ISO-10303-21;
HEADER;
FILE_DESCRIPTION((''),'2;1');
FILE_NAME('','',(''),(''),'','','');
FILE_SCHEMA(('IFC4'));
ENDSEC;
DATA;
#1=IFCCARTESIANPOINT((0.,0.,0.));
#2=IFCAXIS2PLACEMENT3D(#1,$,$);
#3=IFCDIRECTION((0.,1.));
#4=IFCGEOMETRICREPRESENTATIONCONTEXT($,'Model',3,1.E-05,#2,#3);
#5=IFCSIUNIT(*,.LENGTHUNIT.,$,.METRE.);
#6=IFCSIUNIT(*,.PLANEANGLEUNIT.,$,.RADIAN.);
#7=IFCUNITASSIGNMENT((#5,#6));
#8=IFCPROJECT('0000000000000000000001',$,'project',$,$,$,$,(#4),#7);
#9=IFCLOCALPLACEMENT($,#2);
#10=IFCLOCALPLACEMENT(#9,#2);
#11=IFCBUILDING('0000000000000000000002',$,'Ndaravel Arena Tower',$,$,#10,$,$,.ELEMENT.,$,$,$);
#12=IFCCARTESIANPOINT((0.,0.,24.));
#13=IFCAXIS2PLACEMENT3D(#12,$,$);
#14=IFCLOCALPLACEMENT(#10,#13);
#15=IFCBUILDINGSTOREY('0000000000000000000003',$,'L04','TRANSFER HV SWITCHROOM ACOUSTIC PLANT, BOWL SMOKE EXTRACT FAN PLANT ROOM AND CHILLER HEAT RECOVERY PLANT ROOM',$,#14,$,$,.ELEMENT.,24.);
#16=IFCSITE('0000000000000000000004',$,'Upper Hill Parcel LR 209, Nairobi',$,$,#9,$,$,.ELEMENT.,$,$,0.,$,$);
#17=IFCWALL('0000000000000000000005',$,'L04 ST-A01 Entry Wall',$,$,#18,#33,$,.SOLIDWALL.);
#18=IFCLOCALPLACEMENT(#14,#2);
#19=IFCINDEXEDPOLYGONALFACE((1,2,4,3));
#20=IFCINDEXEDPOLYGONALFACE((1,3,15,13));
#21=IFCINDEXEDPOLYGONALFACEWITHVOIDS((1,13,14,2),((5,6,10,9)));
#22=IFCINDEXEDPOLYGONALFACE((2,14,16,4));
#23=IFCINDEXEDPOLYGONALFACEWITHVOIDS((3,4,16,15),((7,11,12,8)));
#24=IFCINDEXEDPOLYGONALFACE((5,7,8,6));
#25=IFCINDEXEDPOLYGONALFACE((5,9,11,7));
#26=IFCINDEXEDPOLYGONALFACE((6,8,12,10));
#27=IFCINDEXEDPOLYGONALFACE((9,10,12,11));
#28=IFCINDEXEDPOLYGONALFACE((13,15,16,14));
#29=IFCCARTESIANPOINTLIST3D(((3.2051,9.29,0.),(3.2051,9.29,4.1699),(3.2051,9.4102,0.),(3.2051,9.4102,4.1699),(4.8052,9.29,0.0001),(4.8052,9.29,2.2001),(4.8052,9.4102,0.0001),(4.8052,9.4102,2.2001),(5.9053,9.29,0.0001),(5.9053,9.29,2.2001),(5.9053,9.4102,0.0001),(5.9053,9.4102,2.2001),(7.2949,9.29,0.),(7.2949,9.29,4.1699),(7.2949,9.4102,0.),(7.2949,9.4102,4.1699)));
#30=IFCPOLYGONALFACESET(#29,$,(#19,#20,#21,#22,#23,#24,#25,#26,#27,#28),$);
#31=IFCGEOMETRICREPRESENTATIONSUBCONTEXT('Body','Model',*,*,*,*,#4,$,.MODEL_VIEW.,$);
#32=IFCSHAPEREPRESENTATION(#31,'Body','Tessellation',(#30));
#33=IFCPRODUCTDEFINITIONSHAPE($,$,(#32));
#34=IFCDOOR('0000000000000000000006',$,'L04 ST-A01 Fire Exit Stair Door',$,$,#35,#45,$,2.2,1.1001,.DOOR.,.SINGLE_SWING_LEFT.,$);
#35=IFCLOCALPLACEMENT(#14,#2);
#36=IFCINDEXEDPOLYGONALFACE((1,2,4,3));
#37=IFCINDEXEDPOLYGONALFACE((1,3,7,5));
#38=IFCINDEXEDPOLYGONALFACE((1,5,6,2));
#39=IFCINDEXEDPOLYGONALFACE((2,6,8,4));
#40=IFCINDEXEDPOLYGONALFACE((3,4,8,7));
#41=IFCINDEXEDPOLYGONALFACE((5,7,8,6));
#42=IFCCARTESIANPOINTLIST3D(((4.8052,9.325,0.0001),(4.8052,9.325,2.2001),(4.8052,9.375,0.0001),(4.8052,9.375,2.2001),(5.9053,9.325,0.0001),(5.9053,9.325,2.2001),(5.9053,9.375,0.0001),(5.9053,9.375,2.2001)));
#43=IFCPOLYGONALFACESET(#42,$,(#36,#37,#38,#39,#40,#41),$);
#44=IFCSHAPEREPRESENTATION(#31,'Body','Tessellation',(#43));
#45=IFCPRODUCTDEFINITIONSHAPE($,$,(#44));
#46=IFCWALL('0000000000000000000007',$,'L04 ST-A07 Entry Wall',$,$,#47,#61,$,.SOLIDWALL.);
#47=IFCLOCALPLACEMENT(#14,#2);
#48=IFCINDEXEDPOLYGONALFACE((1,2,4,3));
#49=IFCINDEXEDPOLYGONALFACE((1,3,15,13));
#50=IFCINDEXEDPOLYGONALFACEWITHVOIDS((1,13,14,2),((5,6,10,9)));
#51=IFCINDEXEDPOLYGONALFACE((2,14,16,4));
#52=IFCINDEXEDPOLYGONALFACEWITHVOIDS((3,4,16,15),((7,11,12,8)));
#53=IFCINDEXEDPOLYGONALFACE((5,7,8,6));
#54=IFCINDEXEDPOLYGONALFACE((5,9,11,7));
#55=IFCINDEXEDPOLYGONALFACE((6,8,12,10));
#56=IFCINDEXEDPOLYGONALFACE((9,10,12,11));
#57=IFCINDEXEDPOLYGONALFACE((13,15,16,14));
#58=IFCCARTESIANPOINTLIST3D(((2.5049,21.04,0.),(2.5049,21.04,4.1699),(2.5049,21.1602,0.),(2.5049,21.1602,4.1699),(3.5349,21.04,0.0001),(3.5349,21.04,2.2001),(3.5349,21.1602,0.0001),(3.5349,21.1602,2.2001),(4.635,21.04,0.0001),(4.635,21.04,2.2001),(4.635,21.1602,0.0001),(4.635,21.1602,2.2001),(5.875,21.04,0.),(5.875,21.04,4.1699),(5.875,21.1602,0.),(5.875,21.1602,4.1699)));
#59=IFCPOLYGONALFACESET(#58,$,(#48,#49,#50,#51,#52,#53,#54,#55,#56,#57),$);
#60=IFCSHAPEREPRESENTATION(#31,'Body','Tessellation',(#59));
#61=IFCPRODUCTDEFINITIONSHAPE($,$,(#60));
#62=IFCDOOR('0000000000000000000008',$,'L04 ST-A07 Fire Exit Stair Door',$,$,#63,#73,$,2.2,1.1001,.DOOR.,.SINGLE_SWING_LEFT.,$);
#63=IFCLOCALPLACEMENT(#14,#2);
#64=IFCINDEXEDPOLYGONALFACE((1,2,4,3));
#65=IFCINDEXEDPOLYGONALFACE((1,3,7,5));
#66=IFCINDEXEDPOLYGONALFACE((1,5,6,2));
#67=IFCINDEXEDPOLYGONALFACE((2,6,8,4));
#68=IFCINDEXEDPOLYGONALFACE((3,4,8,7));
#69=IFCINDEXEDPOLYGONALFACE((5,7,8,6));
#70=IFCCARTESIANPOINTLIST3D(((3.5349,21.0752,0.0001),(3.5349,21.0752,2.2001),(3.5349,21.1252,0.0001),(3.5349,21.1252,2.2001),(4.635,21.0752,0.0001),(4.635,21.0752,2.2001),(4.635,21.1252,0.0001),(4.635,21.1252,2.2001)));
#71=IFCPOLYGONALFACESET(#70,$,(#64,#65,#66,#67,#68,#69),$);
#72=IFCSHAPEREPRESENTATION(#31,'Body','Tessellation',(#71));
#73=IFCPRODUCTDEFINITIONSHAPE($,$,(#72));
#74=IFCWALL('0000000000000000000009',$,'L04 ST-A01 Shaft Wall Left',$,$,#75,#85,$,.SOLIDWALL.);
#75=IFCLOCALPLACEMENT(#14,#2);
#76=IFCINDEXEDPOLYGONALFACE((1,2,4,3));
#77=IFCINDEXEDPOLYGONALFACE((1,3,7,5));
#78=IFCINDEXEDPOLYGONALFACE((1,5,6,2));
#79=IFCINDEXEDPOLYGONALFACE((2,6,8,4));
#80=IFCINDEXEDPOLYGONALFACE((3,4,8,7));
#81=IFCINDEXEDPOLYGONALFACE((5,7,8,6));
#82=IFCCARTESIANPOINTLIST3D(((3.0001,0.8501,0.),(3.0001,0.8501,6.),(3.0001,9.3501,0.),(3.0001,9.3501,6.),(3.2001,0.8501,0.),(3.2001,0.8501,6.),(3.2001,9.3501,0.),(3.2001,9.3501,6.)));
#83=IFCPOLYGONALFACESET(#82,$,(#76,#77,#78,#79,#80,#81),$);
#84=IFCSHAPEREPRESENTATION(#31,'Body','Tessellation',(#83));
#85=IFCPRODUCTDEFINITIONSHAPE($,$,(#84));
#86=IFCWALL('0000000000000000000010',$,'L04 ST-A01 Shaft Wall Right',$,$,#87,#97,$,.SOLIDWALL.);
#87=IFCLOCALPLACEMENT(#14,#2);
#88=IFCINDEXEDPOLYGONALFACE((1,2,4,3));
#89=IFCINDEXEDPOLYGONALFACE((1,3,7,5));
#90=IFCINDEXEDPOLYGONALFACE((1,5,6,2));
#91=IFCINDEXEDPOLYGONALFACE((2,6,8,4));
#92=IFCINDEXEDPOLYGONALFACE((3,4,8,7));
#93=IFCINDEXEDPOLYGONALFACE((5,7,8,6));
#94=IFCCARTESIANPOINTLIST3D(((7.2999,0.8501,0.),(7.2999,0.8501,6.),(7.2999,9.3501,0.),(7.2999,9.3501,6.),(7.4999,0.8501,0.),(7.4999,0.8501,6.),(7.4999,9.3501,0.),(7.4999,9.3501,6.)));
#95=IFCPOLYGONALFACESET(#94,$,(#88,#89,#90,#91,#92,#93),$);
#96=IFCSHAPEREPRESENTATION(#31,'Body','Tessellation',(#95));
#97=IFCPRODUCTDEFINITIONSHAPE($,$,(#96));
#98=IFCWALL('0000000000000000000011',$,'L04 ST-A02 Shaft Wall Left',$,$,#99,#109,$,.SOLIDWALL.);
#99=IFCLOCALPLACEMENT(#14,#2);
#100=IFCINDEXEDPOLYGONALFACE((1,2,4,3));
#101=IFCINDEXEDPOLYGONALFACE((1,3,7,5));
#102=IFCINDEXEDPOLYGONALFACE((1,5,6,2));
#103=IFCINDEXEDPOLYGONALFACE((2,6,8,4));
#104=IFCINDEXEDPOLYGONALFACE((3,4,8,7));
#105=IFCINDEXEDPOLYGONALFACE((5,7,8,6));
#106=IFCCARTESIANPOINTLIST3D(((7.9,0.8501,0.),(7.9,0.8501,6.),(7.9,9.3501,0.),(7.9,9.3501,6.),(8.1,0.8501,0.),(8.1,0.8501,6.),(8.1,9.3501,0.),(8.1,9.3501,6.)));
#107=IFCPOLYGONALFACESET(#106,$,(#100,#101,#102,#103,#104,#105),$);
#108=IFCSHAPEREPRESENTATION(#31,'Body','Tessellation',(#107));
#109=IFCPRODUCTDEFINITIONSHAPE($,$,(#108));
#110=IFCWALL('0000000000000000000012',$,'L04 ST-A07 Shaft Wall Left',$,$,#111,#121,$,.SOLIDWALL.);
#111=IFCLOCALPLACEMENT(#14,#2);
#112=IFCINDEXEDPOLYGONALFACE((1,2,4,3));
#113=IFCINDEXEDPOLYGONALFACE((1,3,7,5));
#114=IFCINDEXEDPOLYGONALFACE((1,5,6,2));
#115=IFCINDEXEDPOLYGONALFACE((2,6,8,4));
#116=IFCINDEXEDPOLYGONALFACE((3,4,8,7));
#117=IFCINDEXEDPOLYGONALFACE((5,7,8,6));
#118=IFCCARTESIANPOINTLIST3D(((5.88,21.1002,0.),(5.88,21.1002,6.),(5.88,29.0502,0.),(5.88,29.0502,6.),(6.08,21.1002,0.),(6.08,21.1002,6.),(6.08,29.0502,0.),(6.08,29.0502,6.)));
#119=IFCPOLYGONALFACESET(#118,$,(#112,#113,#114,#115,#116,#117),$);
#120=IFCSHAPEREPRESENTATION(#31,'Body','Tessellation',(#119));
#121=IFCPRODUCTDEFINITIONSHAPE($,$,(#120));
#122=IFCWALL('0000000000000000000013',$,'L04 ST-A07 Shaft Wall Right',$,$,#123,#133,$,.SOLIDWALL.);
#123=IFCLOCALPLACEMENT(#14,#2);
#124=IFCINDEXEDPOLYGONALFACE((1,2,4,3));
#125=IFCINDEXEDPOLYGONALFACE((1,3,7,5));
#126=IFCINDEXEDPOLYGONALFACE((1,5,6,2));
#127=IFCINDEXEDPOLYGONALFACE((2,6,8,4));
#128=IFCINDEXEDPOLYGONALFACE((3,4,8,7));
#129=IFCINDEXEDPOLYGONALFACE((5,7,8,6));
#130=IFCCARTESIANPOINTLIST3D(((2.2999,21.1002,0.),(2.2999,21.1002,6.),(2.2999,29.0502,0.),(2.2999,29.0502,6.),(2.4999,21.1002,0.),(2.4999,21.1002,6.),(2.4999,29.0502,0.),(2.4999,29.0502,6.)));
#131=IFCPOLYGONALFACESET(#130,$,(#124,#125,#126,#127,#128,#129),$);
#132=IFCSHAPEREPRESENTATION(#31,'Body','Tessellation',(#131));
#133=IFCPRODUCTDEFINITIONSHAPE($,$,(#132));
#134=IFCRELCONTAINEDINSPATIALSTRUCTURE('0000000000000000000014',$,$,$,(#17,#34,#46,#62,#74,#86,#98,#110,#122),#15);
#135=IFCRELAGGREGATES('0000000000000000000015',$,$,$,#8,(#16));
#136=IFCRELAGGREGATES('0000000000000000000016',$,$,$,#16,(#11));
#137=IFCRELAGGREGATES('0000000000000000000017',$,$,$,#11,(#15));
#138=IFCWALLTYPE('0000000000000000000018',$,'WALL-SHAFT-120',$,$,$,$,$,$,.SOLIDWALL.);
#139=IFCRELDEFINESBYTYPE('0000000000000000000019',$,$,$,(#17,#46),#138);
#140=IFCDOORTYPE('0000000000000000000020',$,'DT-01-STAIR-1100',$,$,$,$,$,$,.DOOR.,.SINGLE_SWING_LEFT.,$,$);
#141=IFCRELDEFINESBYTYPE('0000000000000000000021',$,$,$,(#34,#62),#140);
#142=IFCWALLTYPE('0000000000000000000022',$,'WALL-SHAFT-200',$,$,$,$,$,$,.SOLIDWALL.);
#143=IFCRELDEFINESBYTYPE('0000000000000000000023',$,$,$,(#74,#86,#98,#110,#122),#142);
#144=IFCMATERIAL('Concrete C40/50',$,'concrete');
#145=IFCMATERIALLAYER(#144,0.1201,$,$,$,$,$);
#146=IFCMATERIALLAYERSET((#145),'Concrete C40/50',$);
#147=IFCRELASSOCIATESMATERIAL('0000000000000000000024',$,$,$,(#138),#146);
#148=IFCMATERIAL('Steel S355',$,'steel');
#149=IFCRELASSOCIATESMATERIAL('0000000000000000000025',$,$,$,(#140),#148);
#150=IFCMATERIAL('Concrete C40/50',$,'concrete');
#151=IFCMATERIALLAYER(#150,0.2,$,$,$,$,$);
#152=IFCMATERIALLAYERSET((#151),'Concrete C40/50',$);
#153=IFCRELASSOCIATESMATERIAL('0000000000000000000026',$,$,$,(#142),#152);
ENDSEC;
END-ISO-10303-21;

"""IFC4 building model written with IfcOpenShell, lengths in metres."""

from ifc_helpers import new_model, si_unit, direction, frame, frame_2d, origin, place, context, subcontext, project, spatial, rectangle, extrude, material, layer, layer_set, type_object, element, fill, save


model = new_model("IFC4")

# Units and contexts
model_context = context("Model", 3, precision=1e-05, world=origin(), true_north=direction((0.0, 1.0)))
body_context = subcontext(model_context, "Body", "Model", "MODEL_VIEW")
ifc_project = project(units=[si_unit("LENGTHUNIT", "METRE"), si_unit("PLANEANGLEUNIT", "RADIAN")], contexts=[model_context])

# Site, building, storey
site_placement = place(None, origin())
site = spatial("IfcSite", under=ifc_project, at=site_placement, Name="Upper Hill Parcel LR 209, Nairobi", CompositionType="ELEMENT", RefElevation=0.0)
building_placement = place(site_placement, origin())
building = spatial("IfcBuilding", under=site, at=building_placement, Name="Ndaravel Arena Tower", CompositionType="ELEMENT")
storey_placement = place(building_placement, frame((0.0, 0.0, 24.0)))
storey = spatial("IfcBuildingStorey", under=building, at=storey_placement, Name="L04", Description="TRANSFER HV SWITCHROOM ACOUSTIC PLANT, BOWL SMOKE EXTRACT FAN PLANT ROOM AND CHILLER HEAT RECOVERY PLANT ROOM", CompositionType="ELEMENT", Elevation=24.0)

# Walls, openings, doors
ifc_material_1 = material(Name="Concrete C40/50", Category="concrete")
ifc_layer_1 = layer(ifc_material_1, 0.1201)
ifc_layer_set_1 = layer_set([ifc_layer_1], Name="Concrete C40/50")
wall_type_1 = type_object("IfcWallType", Name="WALL-SHAFT-120", PredefinedType="SOLIDWALL", material=ifc_layer_set_1)
wall_1_placement = place(storey_placement, frame((3.2051, 9.3501, 0.0), z_axis=(0.0, 0.0, 1.0), x_axis=(1.0, 0.0, 0.0)))
wall_1 = element("IfcWall", 1, at=wall_1_placement, inside=storey, type_object=wall_type_1, Name="L04 ST-A01 Entry Wall", PredefinedType="SOLIDWALL", context=body_context, shape_type="SweptSolid", body=[
    extrude(rectangle(XDim=4.0898, YDim=0.1201, at=frame_2d((2.0449, 0.0))), origin(), (0.0, 0.0, 1.0), 4.1699),
])
opening_1_placement = place(wall_1_placement, frame((1.6001, 0.0, 0.0)))
opening_1 = element("IfcOpeningElement", 2, at=opening_1_placement, cuts=wall_1, PredefinedType="OPENING", context=body_context, shape_type="SweptSolid", body=[
    extrude(rectangle(XDim=1.1001, YDim=2.2, at=frame_2d((0.55, 1.1001))), frame((0.0, 0.0601, 0.0), z_axis=(0.0, -1.0, 0.0), x_axis=(1.0, 0.0, 0.0)), (0.0, 0.0, 1.0), 0.1201),
])
ifc_material_2 = material(Name="Steel S355", Category="steel")
door_type_1 = type_object("IfcDoorType", Name="DT-01-STAIR-1100", OperationType="SINGLE_SWING_LEFT", PredefinedType="DOOR", material=ifc_material_2)
door_1_placement = place(opening_1_placement, origin())
door_1 = element("IfcDoor", 3, at=door_1_placement, inside=storey, type_object=door_type_1, Name="L04 ST-A01 Fire Exit Stair Door", OperationType="SINGLE_SWING_LEFT", OverallHeight=2.2, OverallWidth=1.1001, PredefinedType="DOOR", context=body_context, shape_type="SweptSolid", body=[
    extrude(rectangle(XDim=1.1001, YDim=2.2, at=frame_2d((0.55, 1.1001))), frame((0.0, 0.0249, 0.0), z_axis=(0.0, -1.0, 0.0), x_axis=(1.0, 0.0, 0.0)), (0.0, 0.0, 1.0), 0.05),
])
fill(opening_1, door_1)
wall_2_placement = place(storey_placement, frame((5.875, 21.1001, 0.0), z_axis=(0.0, 0.0, 1.0), x_axis=(-1.0, 0.0, 0.0)))
wall_2 = element("IfcWall", 4, at=wall_2_placement, inside=storey, type_object=wall_type_1, Name="L04 ST-A07 Entry Wall", PredefinedType="SOLIDWALL", context=body_context, shape_type="SweptSolid", body=[
    extrude(rectangle(XDim=3.3701, YDim=0.1201, at=frame_2d((1.6851, 0.0))), origin(), (0.0, 0.0, 1.0), 4.1699),
])
opening_2_placement = place(wall_2_placement, frame((1.24, 0.0, 0.0)))
opening_2 = element("IfcOpeningElement", 5, at=opening_2_placement, cuts=wall_2, PredefinedType="OPENING", context=body_context, shape_type="SweptSolid", body=[
    extrude(rectangle(XDim=1.1001, YDim=2.2, at=frame_2d((0.55, 1.1001))), frame((0.0, 0.0601, 0.0), z_axis=(0.0, -1.0, 0.0), x_axis=(1.0, 0.0, 0.0)), (0.0, 0.0, 1.0), 0.1201),
])
door_2_placement = place(opening_2_placement, origin())
door_2 = element("IfcDoor", 6, at=door_2_placement, inside=storey, type_object=door_type_1, Name="L04 ST-A07 Fire Exit Stair Door", OperationType="SINGLE_SWING_LEFT", OverallHeight=2.2, OverallWidth=1.1001, PredefinedType="DOOR", context=body_context, shape_type="SweptSolid", body=[
    extrude(rectangle(XDim=1.1001, YDim=2.2, at=frame_2d((0.55, 1.1001))), frame((0.0, 0.0249, 0.0), z_axis=(0.0, -1.0, 0.0), x_axis=(1.0, 0.0, 0.0)), (0.0, 0.0, 1.0), 0.05),
])
fill(opening_2, door_2)

# Walls
ifc_material_3 = material(Name="Concrete C40/50", Category="concrete")
ifc_layer_2 = layer(ifc_material_3, 0.2)
ifc_layer_set_2 = layer_set([ifc_layer_2], Name="Concrete C40/50")
wall_type_2 = type_object("IfcWallType", Name="WALL-SHAFT-200", PredefinedType="SOLIDWALL", material=ifc_layer_set_2)
for number, where, z_axis, x_axis, name in (
    (7, (3.1001, 9.3501, 0.0), (0.0, 0.0, 1.0), (0.0, -1.0, 0.0), "L04 ST-A01 Shaft Wall Left"),
    (8, (7.3999, 9.3501, 0.0), (0.0, 0.0, 1.0), (0.0, -1.0, 0.0), "L04 ST-A01 Shaft Wall Right"),
    (9, (8.0, 9.3501, 0.0), (0.0, 0.0, 1.0), (0.0, -1.0, 0.0), "L04 ST-A02 Shaft Wall Left"),
):
    element("IfcWall", number, at=place(storey_placement, frame(where, z_axis=z_axis, x_axis=x_axis)), inside=storey, type_object=wall_type_2, Name=name, PredefinedType="SOLIDWALL", context=body_context, shape_type="SweptSolid", body=[
        extrude(rectangle(XDim=8.5, YDim=0.2, at=frame_2d((4.25, 0.0))), origin(), (0.0, 0.0, 1.0), 6.0),
    ])
for number, where, z_axis, x_axis, name in (
    (10, (5.98, 21.1001, 0.0), (0.0, 0.0, 1.0), (0.0, 1.0, 0.0), "L04 ST-A07 Shaft Wall Left"),
    (11, (2.3999, 21.1001, 0.0), (0.0, 0.0, 1.0), (0.0, 1.0, 0.0), "L04 ST-A07 Shaft Wall Right"),
):
    element("IfcWall", number, at=place(storey_placement, frame(where, z_axis=z_axis, x_axis=x_axis)), inside=storey, type_object=wall_type_2, Name=name, PredefinedType="SOLIDWALL", context=body_context, shape_type="SweptSolid", body=[
        extrude(rectangle(XDim=7.95, YDim=0.2, at=frame_2d((3.9751, 0.0))), origin(), (0.0, 0.0, 1.0), 6.0),
    ])

save(model, "model.ifc")
